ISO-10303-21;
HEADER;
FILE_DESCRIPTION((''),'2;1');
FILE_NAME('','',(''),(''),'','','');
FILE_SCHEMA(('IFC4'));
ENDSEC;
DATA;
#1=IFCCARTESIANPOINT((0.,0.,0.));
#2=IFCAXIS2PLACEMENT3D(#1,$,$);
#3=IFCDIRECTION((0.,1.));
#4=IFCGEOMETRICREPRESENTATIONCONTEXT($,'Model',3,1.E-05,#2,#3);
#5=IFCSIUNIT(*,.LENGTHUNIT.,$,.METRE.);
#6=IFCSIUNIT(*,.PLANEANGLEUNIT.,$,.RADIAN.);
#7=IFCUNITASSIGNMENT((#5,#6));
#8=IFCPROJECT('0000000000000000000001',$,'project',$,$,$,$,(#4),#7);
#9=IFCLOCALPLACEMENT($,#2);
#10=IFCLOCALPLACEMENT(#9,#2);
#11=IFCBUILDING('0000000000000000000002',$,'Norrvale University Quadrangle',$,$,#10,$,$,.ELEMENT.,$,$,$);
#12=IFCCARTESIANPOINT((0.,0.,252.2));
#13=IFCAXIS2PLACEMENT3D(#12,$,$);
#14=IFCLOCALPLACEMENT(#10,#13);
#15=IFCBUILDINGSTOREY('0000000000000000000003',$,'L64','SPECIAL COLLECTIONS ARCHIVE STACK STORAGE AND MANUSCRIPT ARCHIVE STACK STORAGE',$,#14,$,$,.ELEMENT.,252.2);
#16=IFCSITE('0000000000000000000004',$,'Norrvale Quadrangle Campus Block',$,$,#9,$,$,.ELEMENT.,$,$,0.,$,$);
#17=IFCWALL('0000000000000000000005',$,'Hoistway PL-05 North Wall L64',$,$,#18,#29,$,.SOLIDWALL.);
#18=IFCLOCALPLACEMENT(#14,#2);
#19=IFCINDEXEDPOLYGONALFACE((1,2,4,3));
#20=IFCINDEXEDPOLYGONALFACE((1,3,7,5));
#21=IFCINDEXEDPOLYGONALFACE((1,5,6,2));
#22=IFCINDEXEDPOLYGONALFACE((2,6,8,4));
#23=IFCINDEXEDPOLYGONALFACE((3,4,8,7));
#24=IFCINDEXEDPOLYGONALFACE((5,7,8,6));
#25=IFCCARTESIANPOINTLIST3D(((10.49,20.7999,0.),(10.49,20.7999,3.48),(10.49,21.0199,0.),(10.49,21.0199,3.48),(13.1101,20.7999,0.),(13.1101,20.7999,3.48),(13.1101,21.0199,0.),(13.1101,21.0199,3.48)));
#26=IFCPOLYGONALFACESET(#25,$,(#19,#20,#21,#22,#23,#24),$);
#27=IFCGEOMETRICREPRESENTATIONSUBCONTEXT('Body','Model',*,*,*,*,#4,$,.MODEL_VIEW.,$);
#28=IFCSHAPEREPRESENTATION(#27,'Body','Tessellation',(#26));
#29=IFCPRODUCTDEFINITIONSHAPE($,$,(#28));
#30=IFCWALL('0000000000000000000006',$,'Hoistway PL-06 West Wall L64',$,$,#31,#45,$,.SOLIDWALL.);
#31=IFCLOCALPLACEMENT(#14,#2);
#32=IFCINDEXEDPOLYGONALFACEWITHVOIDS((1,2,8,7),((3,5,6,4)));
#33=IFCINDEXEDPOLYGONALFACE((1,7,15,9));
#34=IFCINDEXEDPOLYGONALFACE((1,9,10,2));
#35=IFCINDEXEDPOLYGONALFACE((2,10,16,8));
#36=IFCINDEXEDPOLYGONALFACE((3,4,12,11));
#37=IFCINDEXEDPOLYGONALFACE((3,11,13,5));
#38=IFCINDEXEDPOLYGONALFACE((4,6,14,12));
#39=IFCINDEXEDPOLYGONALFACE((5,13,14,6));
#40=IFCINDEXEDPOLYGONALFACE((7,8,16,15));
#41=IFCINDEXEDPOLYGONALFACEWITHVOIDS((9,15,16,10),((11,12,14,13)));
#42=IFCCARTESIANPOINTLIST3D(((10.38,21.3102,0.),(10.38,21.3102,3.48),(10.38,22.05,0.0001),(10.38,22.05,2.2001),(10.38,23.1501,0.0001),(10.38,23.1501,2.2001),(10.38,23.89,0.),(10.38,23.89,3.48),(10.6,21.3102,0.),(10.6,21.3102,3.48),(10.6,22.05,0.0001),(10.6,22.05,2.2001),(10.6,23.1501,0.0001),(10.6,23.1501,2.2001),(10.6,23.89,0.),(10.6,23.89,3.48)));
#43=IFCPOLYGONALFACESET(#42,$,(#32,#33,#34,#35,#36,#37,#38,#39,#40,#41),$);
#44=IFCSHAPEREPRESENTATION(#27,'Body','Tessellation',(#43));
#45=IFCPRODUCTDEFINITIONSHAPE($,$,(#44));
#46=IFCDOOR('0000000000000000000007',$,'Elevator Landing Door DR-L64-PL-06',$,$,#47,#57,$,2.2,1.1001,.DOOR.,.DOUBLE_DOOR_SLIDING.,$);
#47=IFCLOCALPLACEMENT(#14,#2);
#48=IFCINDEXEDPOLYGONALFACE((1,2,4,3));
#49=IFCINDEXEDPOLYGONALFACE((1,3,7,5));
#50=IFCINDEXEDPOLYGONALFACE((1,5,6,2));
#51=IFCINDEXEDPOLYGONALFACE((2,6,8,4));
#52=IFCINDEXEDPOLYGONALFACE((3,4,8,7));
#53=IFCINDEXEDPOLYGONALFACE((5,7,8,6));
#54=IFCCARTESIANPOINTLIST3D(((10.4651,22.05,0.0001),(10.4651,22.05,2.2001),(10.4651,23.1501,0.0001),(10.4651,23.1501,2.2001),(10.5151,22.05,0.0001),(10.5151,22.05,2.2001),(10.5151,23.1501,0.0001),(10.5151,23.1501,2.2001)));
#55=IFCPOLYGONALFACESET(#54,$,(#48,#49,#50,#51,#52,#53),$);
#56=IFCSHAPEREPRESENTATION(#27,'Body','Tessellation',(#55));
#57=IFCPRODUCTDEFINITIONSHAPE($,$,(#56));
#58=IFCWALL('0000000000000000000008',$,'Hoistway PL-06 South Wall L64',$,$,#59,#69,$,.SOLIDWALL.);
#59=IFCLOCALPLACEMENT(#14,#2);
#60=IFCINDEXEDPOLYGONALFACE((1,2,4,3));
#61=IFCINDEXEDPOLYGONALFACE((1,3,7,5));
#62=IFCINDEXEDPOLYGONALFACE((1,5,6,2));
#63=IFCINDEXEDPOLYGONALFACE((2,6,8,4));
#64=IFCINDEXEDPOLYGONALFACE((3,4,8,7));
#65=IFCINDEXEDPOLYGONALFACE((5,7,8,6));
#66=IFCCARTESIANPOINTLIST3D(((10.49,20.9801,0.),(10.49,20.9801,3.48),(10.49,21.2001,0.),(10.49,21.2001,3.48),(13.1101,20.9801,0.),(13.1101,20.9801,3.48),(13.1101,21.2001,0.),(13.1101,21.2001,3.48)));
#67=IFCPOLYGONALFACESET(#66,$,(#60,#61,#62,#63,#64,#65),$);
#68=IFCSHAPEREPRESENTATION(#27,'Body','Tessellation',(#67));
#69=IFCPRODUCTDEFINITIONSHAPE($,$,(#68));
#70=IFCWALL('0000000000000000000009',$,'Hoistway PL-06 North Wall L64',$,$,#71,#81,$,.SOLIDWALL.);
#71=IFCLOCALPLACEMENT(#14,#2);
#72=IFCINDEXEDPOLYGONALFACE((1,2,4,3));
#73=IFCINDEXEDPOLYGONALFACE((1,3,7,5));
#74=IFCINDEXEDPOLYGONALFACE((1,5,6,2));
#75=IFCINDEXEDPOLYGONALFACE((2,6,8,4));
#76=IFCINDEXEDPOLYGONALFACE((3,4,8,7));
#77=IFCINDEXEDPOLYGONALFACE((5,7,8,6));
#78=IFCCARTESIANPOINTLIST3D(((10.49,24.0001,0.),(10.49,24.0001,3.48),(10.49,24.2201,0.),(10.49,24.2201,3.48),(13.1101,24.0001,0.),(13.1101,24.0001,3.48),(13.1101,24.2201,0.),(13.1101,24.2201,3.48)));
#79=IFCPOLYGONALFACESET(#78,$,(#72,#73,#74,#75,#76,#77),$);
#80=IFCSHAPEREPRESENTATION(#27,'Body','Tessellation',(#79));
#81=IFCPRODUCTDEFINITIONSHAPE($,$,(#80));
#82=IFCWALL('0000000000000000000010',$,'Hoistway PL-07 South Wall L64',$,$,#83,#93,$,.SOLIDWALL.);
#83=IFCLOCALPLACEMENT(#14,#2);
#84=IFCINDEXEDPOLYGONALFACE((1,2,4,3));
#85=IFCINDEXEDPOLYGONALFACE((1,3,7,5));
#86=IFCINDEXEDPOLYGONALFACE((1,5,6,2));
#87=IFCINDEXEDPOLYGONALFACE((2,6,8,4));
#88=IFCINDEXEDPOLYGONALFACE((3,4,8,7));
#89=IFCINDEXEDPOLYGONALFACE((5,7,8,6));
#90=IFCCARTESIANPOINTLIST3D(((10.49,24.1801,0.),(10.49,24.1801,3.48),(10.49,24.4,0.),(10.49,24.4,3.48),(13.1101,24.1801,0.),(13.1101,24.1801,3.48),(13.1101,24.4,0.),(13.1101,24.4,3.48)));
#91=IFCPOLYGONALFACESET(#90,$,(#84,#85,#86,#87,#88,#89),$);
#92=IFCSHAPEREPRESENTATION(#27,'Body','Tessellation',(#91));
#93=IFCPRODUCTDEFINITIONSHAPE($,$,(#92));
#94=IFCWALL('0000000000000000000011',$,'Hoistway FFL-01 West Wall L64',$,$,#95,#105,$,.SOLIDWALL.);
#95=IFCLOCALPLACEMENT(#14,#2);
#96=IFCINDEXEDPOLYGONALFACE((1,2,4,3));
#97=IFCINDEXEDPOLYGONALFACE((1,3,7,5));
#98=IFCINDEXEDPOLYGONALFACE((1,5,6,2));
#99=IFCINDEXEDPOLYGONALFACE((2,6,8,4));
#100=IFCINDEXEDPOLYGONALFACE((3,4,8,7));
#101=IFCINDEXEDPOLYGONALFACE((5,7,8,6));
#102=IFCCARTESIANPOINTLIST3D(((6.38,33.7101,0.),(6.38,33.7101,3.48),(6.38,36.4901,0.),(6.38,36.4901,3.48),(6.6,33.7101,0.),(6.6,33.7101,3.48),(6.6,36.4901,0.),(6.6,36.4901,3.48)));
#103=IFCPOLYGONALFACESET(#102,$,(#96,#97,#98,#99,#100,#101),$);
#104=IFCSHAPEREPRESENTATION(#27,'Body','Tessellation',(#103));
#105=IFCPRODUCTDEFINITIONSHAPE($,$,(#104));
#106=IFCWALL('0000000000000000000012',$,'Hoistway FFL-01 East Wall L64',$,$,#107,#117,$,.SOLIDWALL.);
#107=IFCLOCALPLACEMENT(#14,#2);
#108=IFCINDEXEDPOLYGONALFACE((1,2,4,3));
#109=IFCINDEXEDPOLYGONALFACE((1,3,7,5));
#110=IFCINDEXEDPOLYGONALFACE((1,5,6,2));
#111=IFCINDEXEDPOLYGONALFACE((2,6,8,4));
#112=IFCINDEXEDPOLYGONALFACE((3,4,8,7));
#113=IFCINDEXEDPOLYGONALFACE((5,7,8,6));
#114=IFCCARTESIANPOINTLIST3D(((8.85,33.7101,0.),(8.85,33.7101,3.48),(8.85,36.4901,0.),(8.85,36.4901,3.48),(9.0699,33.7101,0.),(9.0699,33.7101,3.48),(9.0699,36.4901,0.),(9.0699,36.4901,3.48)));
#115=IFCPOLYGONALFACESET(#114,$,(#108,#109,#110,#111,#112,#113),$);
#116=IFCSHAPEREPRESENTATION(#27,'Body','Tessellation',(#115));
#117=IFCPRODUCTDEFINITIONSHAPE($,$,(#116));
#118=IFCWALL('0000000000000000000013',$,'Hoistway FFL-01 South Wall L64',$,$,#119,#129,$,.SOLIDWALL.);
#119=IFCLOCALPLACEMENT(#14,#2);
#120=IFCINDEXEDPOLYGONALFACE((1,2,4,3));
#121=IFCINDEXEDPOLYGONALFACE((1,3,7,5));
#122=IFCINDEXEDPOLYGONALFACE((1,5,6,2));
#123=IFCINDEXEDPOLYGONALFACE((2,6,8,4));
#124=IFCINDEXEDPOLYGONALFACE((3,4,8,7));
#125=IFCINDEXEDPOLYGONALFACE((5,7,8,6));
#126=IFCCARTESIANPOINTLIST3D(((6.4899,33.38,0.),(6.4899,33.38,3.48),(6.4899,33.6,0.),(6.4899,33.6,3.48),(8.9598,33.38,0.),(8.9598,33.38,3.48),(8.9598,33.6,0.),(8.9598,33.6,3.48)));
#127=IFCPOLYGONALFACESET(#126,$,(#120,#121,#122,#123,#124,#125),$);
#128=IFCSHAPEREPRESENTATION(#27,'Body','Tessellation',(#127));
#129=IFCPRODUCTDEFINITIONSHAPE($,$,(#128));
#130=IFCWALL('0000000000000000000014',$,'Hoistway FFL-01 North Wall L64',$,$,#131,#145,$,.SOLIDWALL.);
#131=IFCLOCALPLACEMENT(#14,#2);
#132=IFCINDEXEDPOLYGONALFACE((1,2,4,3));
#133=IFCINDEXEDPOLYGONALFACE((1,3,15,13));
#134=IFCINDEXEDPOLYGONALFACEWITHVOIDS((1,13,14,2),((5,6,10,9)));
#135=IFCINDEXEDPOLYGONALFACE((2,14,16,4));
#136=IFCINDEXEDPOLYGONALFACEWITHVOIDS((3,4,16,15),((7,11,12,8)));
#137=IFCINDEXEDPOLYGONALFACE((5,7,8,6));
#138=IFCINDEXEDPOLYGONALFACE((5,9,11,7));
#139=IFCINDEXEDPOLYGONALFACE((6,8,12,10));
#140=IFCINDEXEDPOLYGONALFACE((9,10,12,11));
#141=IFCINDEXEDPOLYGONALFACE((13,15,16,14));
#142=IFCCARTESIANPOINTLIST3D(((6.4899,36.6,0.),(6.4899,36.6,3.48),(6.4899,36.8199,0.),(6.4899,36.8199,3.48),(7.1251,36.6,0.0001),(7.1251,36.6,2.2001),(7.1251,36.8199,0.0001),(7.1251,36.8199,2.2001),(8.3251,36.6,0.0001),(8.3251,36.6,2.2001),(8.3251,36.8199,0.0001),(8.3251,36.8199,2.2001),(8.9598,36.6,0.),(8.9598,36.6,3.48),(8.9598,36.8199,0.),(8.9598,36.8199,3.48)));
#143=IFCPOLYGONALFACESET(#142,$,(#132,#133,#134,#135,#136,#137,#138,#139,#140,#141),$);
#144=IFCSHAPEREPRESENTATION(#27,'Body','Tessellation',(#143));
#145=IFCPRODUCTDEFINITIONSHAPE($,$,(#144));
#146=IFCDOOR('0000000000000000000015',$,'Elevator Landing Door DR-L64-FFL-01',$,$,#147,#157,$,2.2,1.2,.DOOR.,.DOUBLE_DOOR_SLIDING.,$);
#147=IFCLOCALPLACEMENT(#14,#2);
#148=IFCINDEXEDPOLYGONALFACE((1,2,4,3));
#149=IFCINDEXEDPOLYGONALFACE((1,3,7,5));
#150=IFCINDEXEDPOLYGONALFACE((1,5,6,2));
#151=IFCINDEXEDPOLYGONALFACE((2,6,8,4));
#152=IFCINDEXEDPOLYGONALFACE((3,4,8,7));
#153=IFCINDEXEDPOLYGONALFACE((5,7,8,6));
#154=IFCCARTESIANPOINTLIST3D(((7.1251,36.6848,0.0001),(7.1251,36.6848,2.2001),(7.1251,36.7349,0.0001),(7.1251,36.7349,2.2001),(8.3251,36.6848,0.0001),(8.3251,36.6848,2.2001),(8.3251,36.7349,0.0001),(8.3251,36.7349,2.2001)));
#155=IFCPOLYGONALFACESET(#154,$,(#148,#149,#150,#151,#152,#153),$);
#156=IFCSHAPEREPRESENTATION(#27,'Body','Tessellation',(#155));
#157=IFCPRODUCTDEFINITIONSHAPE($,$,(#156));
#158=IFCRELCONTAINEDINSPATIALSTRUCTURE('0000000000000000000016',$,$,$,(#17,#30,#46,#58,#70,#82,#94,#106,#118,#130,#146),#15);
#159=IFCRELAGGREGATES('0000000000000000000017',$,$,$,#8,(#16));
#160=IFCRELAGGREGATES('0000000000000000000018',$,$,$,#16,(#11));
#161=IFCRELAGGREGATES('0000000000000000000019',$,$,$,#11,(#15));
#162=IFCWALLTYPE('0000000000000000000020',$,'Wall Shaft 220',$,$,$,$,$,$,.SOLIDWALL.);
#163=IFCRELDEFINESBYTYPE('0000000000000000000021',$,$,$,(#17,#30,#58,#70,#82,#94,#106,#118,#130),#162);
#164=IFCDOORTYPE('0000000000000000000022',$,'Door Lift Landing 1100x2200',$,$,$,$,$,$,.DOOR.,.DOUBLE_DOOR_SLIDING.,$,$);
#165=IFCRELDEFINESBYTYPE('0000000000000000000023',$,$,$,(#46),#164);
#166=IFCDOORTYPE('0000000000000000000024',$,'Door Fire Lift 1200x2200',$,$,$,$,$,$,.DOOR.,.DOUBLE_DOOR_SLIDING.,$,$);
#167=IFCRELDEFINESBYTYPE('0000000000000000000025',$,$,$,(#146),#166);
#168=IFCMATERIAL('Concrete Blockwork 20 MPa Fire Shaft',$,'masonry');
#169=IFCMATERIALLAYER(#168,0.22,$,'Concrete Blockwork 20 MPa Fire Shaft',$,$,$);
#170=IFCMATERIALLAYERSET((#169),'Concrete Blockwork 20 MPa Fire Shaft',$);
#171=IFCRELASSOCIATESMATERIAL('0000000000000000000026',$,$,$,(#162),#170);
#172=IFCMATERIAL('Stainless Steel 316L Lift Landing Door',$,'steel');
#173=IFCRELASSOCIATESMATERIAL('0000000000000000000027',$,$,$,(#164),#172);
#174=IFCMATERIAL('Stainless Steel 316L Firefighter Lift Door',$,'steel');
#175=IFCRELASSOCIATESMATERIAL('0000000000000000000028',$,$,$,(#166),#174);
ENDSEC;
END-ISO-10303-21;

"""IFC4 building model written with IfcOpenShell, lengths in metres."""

from ifc_helpers import new_model, si_unit, direction, frame, frame_2d, origin, place, context, subcontext, project, spatial, rectangle, extrude, material, layer, layer_set, type_object, element, fill, save


model = new_model("IFC4")

# Units and contexts
model_context = context("Model", 3, precision=1e-05, world=origin(), true_north=direction((0.0, 1.0)))
body_context = subcontext(model_context, "Body", "Model", "MODEL_VIEW")
ifc_project = project(units=[si_unit("LENGTHUNIT", "METRE"), si_unit("PLANEANGLEUNIT", "RADIAN")], contexts=[model_context])

# Site, building, storey
site_placement = place(None, origin())
site = spatial("IfcSite", under=ifc_project, at=site_placement, Name="Norrvale Quadrangle Campus Block", CompositionType="ELEMENT", RefElevation=0.0)
building_placement = place(site_placement, origin())
building = spatial("IfcBuilding", under=site, at=building_placement, Name="Norrvale University Quadrangle", CompositionType="ELEMENT")
storey_placement = place(building_placement, frame((0.0, 0.0, 252.2)))
storey = spatial("IfcBuildingStorey", under=building, at=storey_placement, Name="L64", Description="SPECIAL COLLECTIONS ARCHIVE STACK STORAGE AND MANUSCRIPT ARCHIVE STACK STORAGE", CompositionType="ELEMENT", Elevation=252.2)

# Wall
ifc_material_1 = material(Name="Concrete Blockwork 20 MPa Fire Shaft", Category="masonry")
ifc_layer_1 = layer(ifc_material_1, 0.22, Name="Concrete Blockwork 20 MPa Fire Shaft")
ifc_layer_set_1 = layer_set([ifc_layer_1], Name="Concrete Blockwork 20 MPa Fire Shaft")
wall_type_1 = type_object("IfcWallType", Name="Wall Shaft 220", PredefinedType="SOLIDWALL", material=ifc_layer_set_1)
wall_1_placement = place(storey_placement, frame((10.49, 20.9099, 0.0), z_axis=(0.0, 0.0, 1.0), x_axis=(1.0, 0.0, 0.0)))
element("IfcWall", 1, at=wall_1_placement, inside=storey, type_object=wall_type_1, Name="Hoistway PL-05 North Wall L64", PredefinedType="SOLIDWALL", context=body_context, shape_type="SweptSolid", body=[
    extrude(rectangle(XDim=2.6201, YDim=0.22, at=frame_2d((1.3101, 0.0))), origin(), (0.0, 0.0, 1.0), 3.48),
])

# Wall, opening, door
wall_2_placement = place(storey_placement, frame((10.49, 21.3101, 0.0), z_axis=(0.0, 0.0, 1.0), x_axis=(0.0, 1.0, 0.0)))
wall_2 = element("IfcWall", 2, at=wall_2_placement, inside=storey, type_object=wall_type_1, Name="Hoistway PL-06 West Wall L64", PredefinedType="SOLIDWALL", context=body_context, shape_type="SweptSolid", body=[
    extrude(rectangle(XDim=2.5798, YDim=0.22, at=frame_2d((1.29, 0.0))), origin(), (0.0, 0.0, 1.0), 3.48),
])
opening_1_placement = place(wall_2_placement, frame((0.74, 0.0, 0.0)))
opening_1 = element("IfcOpeningElement", 3, at=opening_1_placement, cuts=wall_2, PredefinedType="OPENING", context=body_context, shape_type="SweptSolid", body=[
    extrude(rectangle(XDim=1.1001, YDim=2.2, at=frame_2d((0.55, 1.1001))), frame((0.0, 0.1221, 0.0), z_axis=(0.0, -1.0, 0.0), x_axis=(1.0, 0.0, 0.0)), (0.0, 0.0, 1.0), 0.2439),
])
ifc_material_2 = material(Name="Stainless Steel 316L Lift Landing Door", Category="steel")
door_type_1 = type_object("IfcDoorType", Name="Door Lift Landing 1100x2200", OperationType="DOUBLE_DOOR_SLIDING", PredefinedType="DOOR", material=ifc_material_2)
door_1_placement = place(opening_1_placement, origin())
door_1 = element("IfcDoor", 4, at=door_1_placement, inside=storey, type_object=door_type_1, Name="Elevator Landing Door DR-L64-PL-06", OperationType="DOUBLE_DOOR_SLIDING", OverallHeight=2.2, OverallWidth=1.1001, PredefinedType="DOOR", context=body_context, shape_type="SweptSolid", body=[
    extrude(rectangle(XDim=1.1001, YDim=2.2, at=frame_2d((0.55, 1.1001))), frame((0.0, 0.0249, 0.0), z_axis=(0.0, -1.0, 0.0), x_axis=(1.0, 0.0, 0.0)), (0.0, 0.0, 1.0), 0.05),
])
fill(opening_1, door_1)

# Walls
for number, where, z_axis, x_axis, name in (
    (5, (10.49, 21.0901, 0.0), (0.0, 0.0, 1.0), (1.0, 0.0, 0.0), "Hoistway PL-06 South Wall L64"),
    (6, (10.49, 24.1101, 0.0), (0.0, 0.0, 1.0), (1.0, 0.0, 0.0), "Hoistway PL-06 North Wall L64"),
    (7, (10.49, 24.29, 0.0), (0.0, 0.0, 1.0), (1.0, 0.0, 0.0), "Hoistway PL-07 South Wall L64"),
):
    element("IfcWall", number, at=place(storey_placement, frame(where, z_axis=z_axis, x_axis=x_axis)), inside=storey, type_object=wall_type_1, Name=name, PredefinedType="SOLIDWALL", context=body_context, shape_type="SweptSolid", body=[
        extrude(rectangle(XDim=2.6201, YDim=0.22, at=frame_2d((1.3101, 0.0))), origin(), (0.0, 0.0, 1.0), 3.48),
    ])
for number, where, z_axis, x_axis, name in (
    (8, (6.49, 33.71, 0.0), (0.0, 0.0, 1.0), (0.0, 1.0, 0.0), "Hoistway FFL-01 West Wall L64"),
    (9, (8.96, 33.71, 0.0), (0.0, 0.0, 1.0), (0.0, 1.0, 0.0), "Hoistway FFL-01 East Wall L64"),
):
    element("IfcWall", number, at=place(storey_placement, frame(where, z_axis=z_axis, x_axis=x_axis)), inside=storey, type_object=wall_type_1, Name=name, PredefinedType="SOLIDWALL", context=body_context, shape_type="SweptSolid", body=[
        extrude(rectangle(XDim=2.78, YDim=0.22, at=frame_2d((1.3901, 0.0))), origin(), (0.0, 0.0, 1.0), 3.48),
    ])
wall_3_placement = place(storey_placement, frame((6.49, 33.49, 0.0), z_axis=(0.0, 0.0, 1.0), x_axis=(1.0, 0.0, 0.0)))
element("IfcWall", 10, at=wall_3_placement, inside=storey, type_object=wall_type_1, Name="Hoistway FFL-01 South Wall L64", PredefinedType="SOLIDWALL", context=body_context, shape_type="SweptSolid", body=[
    extrude(rectangle(XDim=2.47, YDim=0.22, at=frame_2d((1.2349, 0.0))), origin(), (0.0, 0.0, 1.0), 3.48),
])

# Wall, opening, door
wall_4_placement = place(storey_placement, frame((6.49, 36.71, 0.0), z_axis=(0.0, 0.0, 1.0), x_axis=(1.0, 0.0, 0.0)))
wall_4 = element("IfcWall", 11, at=wall_4_placement, inside=storey, type_object=wall_type_1, Name="Hoistway FFL-01 North Wall L64", PredefinedType="SOLIDWALL", context=body_context, shape_type="SweptSolid", body=[
    extrude(rectangle(XDim=2.47, YDim=0.22, at=frame_2d((1.2349, 0.0))), origin(), (0.0, 0.0, 1.0), 3.48),
])
opening_2_placement = place(wall_4_placement, frame((0.635, 0.0, 0.0)))
opening_2 = element("IfcOpeningElement", 12, at=opening_2_placement, cuts=wall_4, PredefinedType="OPENING", context=body_context, shape_type="SweptSolid", body=[
    extrude(rectangle(XDim=1.2, YDim=2.2, at=frame_2d((0.6001, 1.1001))), frame((0.0, 0.1221, 0.0), z_axis=(0.0, -1.0, 0.0), x_axis=(1.0, 0.0, 0.0)), (0.0, 0.0, 1.0), 0.2439),
])
ifc_material_3 = material(Name="Stainless Steel 316L Firefighter Lift Door", Category="steel")
door_type_2 = type_object("IfcDoorType", Name="Door Fire Lift 1200x2200", OperationType="DOUBLE_DOOR_SLIDING", PredefinedType="DOOR", material=ifc_material_3)
door_2_placement = place(opening_2_placement, origin())
door_2 = element("IfcDoor", 13, at=door_2_placement, inside=storey, type_object=door_type_2, Name="Elevator Landing Door DR-L64-FFL-01", OperationType="DOUBLE_DOOR_SLIDING", OverallHeight=2.2, OverallWidth=1.2, PredefinedType="DOOR", context=body_context, shape_type="SweptSolid", body=[
    extrude(rectangle(XDim=1.2, YDim=2.2, at=frame_2d((0.6001, 1.1001))), frame((0.0, 0.0249, 0.0), z_axis=(0.0, -1.0, 0.0), x_axis=(1.0, 0.0, 0.0)), (0.0, 0.0, 1.0), 0.05),
])
fill(opening_2, door_2)

save(model, "model.ifc")
